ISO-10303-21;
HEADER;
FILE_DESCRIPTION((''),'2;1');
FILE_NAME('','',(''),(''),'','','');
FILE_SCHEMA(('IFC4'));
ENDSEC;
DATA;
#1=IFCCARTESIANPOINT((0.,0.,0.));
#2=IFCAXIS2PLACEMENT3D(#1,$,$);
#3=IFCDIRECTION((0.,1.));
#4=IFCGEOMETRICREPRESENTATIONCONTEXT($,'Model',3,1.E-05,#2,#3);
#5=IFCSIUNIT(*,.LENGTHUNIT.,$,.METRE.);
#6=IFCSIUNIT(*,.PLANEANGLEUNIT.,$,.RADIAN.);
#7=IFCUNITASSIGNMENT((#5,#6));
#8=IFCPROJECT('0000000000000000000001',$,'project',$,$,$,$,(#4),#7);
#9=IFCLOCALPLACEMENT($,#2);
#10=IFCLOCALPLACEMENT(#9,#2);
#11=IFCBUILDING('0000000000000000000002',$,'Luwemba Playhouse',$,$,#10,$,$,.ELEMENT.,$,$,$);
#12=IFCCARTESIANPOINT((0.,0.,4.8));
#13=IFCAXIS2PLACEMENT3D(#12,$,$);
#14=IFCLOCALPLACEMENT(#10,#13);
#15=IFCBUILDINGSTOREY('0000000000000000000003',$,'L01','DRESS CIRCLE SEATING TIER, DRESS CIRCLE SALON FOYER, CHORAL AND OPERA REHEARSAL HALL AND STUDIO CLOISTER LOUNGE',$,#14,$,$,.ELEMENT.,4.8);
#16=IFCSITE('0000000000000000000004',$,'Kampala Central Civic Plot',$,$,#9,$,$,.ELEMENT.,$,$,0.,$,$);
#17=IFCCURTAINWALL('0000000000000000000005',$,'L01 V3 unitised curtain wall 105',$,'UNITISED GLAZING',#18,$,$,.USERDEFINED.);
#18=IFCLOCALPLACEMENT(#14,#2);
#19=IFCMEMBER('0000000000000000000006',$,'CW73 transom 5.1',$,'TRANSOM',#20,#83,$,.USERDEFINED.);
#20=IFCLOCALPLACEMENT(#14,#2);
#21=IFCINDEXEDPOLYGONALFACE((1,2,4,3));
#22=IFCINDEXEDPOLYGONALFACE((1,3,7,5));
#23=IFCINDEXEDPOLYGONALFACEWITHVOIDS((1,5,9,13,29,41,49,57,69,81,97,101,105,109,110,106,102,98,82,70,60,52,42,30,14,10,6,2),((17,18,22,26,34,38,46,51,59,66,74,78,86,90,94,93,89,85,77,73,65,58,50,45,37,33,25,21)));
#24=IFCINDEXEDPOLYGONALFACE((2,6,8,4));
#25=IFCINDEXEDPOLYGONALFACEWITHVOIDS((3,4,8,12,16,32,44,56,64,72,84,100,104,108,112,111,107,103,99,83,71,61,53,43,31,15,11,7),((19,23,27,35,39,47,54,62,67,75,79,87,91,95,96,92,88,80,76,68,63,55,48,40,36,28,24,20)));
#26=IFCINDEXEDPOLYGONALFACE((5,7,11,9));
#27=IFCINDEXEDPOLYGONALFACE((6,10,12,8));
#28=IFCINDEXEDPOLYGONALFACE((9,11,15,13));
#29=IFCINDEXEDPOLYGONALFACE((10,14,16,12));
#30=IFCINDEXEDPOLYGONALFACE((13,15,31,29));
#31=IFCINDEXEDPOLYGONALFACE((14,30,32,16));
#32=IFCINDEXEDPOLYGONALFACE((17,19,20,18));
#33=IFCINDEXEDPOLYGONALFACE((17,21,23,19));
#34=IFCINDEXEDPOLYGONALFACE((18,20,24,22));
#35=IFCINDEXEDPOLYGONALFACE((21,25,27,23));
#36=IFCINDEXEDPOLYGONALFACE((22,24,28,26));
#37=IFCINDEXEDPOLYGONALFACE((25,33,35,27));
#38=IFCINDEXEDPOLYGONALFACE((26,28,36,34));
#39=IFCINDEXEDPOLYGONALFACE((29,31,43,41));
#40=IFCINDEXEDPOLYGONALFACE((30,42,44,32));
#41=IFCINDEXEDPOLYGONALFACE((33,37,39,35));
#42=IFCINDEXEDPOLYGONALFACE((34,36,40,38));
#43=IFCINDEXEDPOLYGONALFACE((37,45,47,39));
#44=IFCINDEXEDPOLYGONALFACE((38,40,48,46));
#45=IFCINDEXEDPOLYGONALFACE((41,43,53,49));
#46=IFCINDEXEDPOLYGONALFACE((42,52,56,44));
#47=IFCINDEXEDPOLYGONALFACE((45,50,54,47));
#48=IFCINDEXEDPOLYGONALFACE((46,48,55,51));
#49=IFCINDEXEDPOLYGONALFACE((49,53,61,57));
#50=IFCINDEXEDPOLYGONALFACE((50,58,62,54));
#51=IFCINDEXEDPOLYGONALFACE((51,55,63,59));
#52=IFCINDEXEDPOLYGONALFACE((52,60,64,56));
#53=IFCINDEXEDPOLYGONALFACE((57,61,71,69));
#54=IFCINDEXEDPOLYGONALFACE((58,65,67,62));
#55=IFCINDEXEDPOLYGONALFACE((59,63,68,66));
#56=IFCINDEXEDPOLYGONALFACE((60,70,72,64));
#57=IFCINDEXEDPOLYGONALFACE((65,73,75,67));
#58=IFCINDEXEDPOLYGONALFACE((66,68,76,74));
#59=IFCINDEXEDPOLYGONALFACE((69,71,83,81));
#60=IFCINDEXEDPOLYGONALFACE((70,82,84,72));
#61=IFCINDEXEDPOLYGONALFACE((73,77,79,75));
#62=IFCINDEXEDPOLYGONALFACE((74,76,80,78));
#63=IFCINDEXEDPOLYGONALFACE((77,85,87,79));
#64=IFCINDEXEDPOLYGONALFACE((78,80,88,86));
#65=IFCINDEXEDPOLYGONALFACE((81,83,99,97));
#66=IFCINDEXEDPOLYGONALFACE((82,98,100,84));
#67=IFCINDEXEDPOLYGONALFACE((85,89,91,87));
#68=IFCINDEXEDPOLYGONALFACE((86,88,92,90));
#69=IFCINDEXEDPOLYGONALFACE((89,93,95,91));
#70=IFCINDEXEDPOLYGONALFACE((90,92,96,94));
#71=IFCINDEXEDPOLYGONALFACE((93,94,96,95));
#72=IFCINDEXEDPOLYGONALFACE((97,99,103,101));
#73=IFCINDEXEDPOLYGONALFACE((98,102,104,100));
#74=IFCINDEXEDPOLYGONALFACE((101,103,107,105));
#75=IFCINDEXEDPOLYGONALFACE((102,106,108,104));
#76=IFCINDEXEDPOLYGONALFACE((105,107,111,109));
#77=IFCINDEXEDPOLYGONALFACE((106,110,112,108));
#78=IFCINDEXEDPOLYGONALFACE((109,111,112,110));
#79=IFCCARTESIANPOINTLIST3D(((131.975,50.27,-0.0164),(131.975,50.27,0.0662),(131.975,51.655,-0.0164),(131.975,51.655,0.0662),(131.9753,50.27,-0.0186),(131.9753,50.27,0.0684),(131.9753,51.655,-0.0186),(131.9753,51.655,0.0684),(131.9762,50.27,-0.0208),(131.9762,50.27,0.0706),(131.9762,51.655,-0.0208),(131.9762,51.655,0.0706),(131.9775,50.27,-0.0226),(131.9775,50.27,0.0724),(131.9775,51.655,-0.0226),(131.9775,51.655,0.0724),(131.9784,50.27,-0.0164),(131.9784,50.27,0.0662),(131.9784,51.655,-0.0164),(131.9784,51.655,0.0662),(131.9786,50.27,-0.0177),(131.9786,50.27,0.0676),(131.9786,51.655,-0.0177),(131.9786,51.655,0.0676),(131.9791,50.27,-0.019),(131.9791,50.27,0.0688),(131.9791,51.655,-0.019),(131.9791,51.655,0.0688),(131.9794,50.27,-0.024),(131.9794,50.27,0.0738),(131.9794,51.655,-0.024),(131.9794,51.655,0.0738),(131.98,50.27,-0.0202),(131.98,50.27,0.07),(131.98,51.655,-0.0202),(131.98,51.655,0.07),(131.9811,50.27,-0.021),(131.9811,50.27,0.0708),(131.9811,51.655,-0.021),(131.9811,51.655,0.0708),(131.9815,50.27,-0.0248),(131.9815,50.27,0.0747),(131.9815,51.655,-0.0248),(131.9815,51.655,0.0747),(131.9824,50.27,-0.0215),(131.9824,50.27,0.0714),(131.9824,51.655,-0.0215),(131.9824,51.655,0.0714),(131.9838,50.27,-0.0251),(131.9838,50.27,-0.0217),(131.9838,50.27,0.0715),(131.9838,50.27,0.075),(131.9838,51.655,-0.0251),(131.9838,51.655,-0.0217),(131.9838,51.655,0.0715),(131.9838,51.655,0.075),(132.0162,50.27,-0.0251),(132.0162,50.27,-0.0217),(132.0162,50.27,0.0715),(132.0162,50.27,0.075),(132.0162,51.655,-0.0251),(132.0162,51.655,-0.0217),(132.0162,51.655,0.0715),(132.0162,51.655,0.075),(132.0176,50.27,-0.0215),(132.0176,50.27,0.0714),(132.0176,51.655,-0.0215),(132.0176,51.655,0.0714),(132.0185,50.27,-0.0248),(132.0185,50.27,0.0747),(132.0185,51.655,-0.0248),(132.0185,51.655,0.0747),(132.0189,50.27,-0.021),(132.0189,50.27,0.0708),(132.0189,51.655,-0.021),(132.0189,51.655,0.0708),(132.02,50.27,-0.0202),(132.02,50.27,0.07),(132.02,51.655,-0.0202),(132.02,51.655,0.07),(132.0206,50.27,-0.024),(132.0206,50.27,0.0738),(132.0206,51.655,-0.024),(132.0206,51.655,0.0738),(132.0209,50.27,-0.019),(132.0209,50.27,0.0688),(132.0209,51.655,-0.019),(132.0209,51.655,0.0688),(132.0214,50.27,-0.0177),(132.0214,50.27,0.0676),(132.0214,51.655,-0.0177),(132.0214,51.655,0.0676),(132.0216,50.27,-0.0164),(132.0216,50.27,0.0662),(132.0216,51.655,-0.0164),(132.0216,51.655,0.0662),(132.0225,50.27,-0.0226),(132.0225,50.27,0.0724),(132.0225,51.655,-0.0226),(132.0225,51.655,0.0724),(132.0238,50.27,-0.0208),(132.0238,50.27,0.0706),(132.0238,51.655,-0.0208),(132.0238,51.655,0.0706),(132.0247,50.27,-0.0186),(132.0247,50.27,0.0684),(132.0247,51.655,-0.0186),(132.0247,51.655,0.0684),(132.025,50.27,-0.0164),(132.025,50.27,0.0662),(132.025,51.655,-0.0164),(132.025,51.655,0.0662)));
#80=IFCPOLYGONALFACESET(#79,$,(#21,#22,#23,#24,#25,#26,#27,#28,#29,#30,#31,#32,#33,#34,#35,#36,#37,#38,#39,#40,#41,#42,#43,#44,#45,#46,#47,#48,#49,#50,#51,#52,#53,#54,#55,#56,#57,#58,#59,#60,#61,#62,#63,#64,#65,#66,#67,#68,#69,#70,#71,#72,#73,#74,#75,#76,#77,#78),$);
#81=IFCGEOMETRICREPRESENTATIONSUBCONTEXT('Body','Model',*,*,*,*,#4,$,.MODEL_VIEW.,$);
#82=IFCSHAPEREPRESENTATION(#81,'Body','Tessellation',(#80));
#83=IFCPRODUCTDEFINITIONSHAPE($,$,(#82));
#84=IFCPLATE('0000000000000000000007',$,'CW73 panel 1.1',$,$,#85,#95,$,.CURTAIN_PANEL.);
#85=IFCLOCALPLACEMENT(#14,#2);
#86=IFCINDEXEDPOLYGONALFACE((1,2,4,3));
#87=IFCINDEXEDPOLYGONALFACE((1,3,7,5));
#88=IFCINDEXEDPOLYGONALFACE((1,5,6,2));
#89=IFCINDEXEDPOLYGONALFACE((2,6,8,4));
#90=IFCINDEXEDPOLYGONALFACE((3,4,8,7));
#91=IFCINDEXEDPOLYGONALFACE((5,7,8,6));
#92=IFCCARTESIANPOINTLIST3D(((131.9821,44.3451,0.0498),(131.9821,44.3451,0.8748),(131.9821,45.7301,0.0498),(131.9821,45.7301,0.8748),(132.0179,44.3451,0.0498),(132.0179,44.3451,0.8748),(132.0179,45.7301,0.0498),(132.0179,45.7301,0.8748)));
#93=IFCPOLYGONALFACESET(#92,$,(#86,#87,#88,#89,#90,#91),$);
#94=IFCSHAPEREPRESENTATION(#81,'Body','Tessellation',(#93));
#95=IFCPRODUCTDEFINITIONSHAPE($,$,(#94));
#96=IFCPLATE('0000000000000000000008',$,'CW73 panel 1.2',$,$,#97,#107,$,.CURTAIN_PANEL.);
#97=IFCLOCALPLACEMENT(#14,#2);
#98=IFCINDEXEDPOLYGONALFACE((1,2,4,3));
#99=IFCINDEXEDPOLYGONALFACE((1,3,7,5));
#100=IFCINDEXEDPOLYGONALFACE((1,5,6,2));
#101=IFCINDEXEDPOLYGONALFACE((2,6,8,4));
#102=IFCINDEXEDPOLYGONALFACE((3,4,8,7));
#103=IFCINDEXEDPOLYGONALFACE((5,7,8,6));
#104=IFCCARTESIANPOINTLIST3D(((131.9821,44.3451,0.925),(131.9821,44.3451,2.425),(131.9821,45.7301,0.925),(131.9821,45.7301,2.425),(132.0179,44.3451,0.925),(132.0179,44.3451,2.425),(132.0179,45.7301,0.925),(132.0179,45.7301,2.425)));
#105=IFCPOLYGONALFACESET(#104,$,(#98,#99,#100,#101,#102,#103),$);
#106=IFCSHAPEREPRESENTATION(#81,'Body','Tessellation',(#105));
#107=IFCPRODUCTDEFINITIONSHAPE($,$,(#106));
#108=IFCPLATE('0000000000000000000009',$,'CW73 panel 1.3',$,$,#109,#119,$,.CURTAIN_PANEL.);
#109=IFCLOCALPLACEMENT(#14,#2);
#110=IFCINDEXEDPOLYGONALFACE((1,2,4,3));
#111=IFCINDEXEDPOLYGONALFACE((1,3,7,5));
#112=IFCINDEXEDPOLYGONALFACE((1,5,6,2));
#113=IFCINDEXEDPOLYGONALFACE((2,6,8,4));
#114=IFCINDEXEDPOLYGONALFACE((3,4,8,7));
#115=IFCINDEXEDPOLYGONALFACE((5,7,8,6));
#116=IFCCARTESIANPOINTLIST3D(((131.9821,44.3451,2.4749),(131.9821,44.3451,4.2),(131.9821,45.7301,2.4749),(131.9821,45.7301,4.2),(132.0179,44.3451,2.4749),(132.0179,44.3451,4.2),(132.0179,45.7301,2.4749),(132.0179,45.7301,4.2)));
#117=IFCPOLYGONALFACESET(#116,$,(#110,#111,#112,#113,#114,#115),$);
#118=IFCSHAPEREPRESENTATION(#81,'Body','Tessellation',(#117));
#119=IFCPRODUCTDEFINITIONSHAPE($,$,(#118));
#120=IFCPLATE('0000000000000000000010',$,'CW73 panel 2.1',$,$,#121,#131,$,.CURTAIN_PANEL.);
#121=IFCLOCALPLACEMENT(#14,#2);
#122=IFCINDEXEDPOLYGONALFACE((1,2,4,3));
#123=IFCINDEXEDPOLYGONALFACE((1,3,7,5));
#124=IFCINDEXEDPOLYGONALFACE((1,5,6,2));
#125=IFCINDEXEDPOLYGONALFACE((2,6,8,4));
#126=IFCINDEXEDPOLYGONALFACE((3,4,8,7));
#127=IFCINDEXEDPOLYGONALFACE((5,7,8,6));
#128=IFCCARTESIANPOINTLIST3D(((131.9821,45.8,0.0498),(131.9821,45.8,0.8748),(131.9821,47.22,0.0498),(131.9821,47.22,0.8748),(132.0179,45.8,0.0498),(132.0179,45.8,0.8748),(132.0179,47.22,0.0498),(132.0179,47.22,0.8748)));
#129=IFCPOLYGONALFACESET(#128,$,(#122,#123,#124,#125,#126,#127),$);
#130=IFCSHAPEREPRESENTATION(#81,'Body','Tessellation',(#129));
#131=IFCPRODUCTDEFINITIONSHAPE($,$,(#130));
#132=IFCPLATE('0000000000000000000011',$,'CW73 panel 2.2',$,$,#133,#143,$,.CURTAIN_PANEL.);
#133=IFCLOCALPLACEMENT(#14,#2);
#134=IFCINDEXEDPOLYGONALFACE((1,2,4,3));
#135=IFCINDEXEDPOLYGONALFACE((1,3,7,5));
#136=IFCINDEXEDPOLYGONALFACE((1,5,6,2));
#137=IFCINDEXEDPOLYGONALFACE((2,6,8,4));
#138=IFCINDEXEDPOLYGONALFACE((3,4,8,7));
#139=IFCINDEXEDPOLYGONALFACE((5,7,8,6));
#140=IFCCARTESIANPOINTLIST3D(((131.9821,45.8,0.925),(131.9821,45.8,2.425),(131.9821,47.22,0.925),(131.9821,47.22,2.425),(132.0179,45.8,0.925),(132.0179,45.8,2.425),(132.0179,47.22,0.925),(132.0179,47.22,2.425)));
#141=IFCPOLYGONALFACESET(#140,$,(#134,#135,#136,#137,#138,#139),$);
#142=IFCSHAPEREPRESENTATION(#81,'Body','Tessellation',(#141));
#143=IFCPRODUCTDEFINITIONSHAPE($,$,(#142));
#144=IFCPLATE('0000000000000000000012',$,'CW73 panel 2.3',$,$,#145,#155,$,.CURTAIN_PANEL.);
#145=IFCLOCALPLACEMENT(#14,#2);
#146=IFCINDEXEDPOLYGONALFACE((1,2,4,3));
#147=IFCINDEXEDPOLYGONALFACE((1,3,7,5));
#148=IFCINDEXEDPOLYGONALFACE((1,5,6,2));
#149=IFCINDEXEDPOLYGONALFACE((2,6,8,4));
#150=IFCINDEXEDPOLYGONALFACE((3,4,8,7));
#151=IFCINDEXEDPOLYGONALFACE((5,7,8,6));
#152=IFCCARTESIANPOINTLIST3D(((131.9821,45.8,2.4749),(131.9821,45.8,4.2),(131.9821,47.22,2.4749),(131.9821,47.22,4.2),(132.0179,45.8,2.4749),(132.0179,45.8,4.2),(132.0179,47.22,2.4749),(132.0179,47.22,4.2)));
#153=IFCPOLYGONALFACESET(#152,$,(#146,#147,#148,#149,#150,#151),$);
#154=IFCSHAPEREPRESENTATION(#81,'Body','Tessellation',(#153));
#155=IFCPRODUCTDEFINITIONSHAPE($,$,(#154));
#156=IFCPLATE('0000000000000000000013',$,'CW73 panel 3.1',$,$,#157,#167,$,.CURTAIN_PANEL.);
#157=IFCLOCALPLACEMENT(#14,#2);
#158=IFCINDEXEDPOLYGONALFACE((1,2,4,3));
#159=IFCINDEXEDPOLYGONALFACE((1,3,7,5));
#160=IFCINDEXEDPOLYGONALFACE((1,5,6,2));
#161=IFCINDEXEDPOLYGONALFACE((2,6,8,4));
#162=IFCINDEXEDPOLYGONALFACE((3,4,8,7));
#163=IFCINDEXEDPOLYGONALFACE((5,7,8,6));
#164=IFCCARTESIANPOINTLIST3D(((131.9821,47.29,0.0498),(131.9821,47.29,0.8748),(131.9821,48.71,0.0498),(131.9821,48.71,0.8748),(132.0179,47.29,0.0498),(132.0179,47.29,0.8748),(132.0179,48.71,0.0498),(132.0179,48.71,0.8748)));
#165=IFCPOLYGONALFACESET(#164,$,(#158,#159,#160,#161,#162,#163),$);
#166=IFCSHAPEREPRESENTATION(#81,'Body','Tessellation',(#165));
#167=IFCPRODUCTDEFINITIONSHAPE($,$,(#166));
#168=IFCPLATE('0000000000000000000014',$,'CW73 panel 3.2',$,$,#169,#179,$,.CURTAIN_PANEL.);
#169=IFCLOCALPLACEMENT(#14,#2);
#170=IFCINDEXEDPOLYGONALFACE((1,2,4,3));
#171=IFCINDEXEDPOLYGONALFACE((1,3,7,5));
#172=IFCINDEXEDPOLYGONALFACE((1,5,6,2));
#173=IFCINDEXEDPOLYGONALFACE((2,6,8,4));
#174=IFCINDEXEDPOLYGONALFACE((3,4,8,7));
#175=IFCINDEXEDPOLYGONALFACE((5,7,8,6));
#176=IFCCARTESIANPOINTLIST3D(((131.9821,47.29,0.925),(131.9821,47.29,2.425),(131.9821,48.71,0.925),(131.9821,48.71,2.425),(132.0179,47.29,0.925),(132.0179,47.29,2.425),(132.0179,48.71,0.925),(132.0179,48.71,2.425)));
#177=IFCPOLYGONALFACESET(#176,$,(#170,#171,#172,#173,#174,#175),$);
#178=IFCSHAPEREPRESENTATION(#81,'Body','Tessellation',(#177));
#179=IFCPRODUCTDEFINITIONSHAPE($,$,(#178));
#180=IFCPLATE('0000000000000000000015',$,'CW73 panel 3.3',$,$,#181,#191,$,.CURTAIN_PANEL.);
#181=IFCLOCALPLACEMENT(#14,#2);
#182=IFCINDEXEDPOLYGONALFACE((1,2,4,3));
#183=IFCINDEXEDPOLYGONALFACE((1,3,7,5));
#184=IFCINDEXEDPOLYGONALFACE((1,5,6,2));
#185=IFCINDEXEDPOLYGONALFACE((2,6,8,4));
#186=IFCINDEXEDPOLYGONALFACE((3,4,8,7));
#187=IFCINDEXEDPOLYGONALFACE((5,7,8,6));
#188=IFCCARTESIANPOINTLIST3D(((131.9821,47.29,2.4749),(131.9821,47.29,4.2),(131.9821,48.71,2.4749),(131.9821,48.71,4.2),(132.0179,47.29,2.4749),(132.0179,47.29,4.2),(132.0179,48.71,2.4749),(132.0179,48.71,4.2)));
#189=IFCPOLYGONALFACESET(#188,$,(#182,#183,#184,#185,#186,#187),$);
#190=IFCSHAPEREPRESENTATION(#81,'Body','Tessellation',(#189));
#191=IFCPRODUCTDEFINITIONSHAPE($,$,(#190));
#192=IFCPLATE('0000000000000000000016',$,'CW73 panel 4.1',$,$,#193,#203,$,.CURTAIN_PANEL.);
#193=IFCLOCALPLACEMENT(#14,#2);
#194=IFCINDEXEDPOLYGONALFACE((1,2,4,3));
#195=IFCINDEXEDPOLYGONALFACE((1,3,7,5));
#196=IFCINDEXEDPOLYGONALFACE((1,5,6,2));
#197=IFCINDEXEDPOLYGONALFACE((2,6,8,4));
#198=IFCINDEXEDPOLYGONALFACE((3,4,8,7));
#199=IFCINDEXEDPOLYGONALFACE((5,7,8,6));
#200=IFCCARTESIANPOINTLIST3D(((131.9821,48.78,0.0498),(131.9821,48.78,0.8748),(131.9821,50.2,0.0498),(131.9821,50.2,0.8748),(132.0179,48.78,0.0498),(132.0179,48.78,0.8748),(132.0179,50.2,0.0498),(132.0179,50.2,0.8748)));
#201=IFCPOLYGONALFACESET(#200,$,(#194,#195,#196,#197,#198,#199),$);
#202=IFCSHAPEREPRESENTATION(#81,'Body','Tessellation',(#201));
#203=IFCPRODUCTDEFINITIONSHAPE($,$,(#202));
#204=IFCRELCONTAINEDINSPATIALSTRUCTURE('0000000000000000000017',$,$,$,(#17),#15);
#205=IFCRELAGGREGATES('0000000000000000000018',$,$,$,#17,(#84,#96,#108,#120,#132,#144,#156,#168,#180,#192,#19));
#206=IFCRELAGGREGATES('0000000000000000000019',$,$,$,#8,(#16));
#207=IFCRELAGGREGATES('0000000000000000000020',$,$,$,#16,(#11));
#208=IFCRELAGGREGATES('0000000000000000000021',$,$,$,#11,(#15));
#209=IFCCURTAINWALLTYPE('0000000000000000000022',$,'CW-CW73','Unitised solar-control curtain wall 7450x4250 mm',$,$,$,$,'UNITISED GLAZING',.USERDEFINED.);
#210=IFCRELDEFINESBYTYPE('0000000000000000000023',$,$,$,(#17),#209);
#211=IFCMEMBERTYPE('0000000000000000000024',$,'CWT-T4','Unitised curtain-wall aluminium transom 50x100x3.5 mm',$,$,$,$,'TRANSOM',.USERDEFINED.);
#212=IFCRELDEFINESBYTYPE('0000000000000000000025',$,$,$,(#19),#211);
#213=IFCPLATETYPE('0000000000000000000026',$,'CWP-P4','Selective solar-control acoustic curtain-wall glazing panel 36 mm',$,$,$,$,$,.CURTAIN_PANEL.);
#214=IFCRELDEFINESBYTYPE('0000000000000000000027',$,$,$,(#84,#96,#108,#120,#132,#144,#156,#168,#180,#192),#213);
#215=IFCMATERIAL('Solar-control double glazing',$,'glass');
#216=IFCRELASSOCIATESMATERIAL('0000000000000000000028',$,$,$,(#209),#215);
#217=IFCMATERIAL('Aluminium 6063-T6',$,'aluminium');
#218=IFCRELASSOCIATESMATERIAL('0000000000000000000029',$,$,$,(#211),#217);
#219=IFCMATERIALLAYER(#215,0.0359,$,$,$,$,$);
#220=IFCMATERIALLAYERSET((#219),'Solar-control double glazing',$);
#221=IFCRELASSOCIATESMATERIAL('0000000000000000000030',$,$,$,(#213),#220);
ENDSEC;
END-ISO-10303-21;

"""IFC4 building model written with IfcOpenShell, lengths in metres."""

from ifc_helpers import new_model, si_unit, direction, frame, origin, origin_2d, place, context, subcontext, project, spatial, rectangle, hollow_rectangle, extrude, material, layer, layer_set, material_profile, profile_set, type_object, element, aggregate, save


model = new_model("IFC4")

# Units and contexts
model_context = context("Model", 3, precision=1e-05, world=origin(), true_north=direction((0.0, 1.0)))
body_context = subcontext(model_context, "Body", "Model", "MODEL_VIEW")
ifc_project = project(units=[si_unit("LENGTHUNIT", "METRE"), si_unit("PLANEANGLEUNIT", "RADIAN")], contexts=[model_context])

# Site, building, storey
site_placement = place(None, origin())
site = spatial("IfcSite", under=ifc_project, at=site_placement, Name="Kampala Central Civic Plot", CompositionType="ELEMENT", RefElevation=0.0)
building_placement = place(site_placement, origin())
building = spatial("IfcBuilding", under=site, at=building_placement, Name="Luwemba Playhouse", CompositionType="ELEMENT")
storey_placement = place(building_placement, frame((0.0, 0.0, 4.8)))
storey = spatial("IfcBuildingStorey", under=building, at=storey_placement, Name="L01", Description="DRESS CIRCLE SEATING TIER, DRESS CIRCLE SALON FOYER, CHORAL AND OPERA REHEARSAL HALL AND STUDIO CLOISTER LOUNGE", CompositionType="ELEMENT", Elevation=4.8)

# Curtain wall, member, plates
ifc_material_1 = material(Name="Solar-control double glazing", Category="glass")
curtain_wall_type = type_object("IfcCurtainWallType", Name="CW-CW73", Description="Unitised solar-control curtain wall 7450x4250 mm", ElementType="UNITISED GLAZING", PredefinedType="USERDEFINED", material=ifc_material_1)
curtain_wall_placement = place(storey_placement, origin())
curtain_wall = element("IfcCurtainWall", 1, at=curtain_wall_placement, inside=storey, type_object=curtain_wall_type, Name="L01 V3 unitised curtain wall 105", ObjectType="UNITISED GLAZING", PredefinedType="USERDEFINED")
ifc_material_2 = material(Name="Aluminium 6063-T6", Category="aluminium")
ifc_material_profile_1 = material_profile(ifc_material_2, hollow_rectangle(XDim=0.05, YDim=0.1001, WallThickness=0.0034, InnerFilletRadius=0.0054, OuterFilletRadius=0.0088, at=origin_2d()))
ifc_profile_set_1 = profile_set([ifc_material_profile_1], Name="Aluminium 6063-T6")
member_type_1 = type_object("IfcMemberType", Name="CWT-T4", Description="Unitised curtain-wall aluminium transom 50x100x3.5 mm", ElementType="TRANSOM", PredefinedType="USERDEFINED", material=ifc_profile_set_1)
member_1_placement = place(storey_placement, frame((132.0, 50.27, 0.0249), z_axis=(0.0, 1.0, 0.0), x_axis=(-1.0, 0.0, 0.0)))
member_1 = element("IfcMember", 2, at=member_1_placement, type_object=member_type_1, Name="CW73 transom 5.1", ObjectType="TRANSOM", PredefinedType="USERDEFINED", context=body_context, shape_type="SweptSolid", body=[
    extrude(hollow_rectangle(XDim=0.05, YDim=0.1001, WallThickness=0.0034, InnerFilletRadius=0.0054, OuterFilletRadius=0.0088, at=origin_2d()), origin(), (0.0, 0.0, 1.0), 1.385),
])
ifc_layer = layer(ifc_material_1, 0.0359)
ifc_layer_set = layer_set([ifc_layer], Name="Solar-control double glazing")
plate_type = type_object("IfcPlateType", Name="CWP-P4", Description="Selective solar-control acoustic curtain-wall glazing panel 36 mm", PredefinedType="CURTAIN_PANEL", material=ifc_layer_set)
plate_1_placement = place(storey_placement, frame((132.0, 45.0376, 0.0498), z_axis=(0.0, 0.0, 1.0), x_axis=(0.0, 1.0, 0.0)))
plate_1 = element("IfcPlate", 3, at=plate_1_placement, type_object=plate_type, Name="CW73 panel 1.1", PredefinedType="CURTAIN_PANEL", context=body_context, shape_type="SweptSolid", body=[
    extrude(rectangle(XDim=1.385, YDim=0.0359, at=origin_2d()), origin(), (0.0, 0.0, 1.0), 0.825),
])
plate_2_placement = place(storey_placement, frame((132.0, 45.0376, 0.925), z_axis=(0.0, 0.0, 1.0), x_axis=(0.0, 1.0, 0.0)))
plate_2 = element("IfcPlate", 4, at=plate_2_placement, type_object=plate_type, Name="CW73 panel 1.2", PredefinedType="CURTAIN_PANEL", context=body_context, shape_type="SweptSolid", body=[
    extrude(rectangle(XDim=1.385, YDim=0.0359, at=origin_2d()), origin(), (0.0, 0.0, 1.0), 1.5),
])
plate_3_placement = place(storey_placement, frame((132.0, 45.0376, 2.4749), z_axis=(0.0, 0.0, 1.0), x_axis=(0.0, 1.0, 0.0)))
plate_3 = element("IfcPlate", 5, at=plate_3_placement, type_object=plate_type, Name="CW73 panel 1.3", PredefinedType="CURTAIN_PANEL", context=body_context, shape_type="SweptSolid", body=[
    extrude(rectangle(XDim=1.385, YDim=0.0359, at=origin_2d()), origin(), (0.0, 0.0, 1.0), 1.7251),
])
plate_4_placement = place(storey_placement, frame((132.0, 46.51, 0.0498), z_axis=(0.0, 0.0, 1.0), x_axis=(0.0, 1.0, 0.0)))
plate_4 = element("IfcPlate", 6, at=plate_4_placement, type_object=plate_type, Name="CW73 panel 2.1", PredefinedType="CURTAIN_PANEL", context=body_context, shape_type="SweptSolid", body=[
    extrude(rectangle(XDim=1.4199, YDim=0.0359, at=origin_2d()), origin(), (0.0, 0.0, 1.0), 0.825),
])
plate_5_placement = place(storey_placement, frame((132.0, 46.51, 0.925), z_axis=(0.0, 0.0, 1.0), x_axis=(0.0, 1.0, 0.0)))
plate_5 = element("IfcPlate", 7, at=plate_5_placement, type_object=plate_type, Name="CW73 panel 2.2", PredefinedType="CURTAIN_PANEL", context=body_context, shape_type="SweptSolid", body=[
    extrude(rectangle(XDim=1.4199, YDim=0.0359, at=origin_2d()), origin(), (0.0, 0.0, 1.0), 1.5),
])
plate_6_placement = place(storey_placement, frame((132.0, 46.51, 2.4749), z_axis=(0.0, 0.0, 1.0), x_axis=(0.0, 1.0, 0.0)))
plate_6 = element("IfcPlate", 8, at=plate_6_placement, type_object=plate_type, Name="CW73 panel 2.3", PredefinedType="CURTAIN_PANEL", context=body_context, shape_type="SweptSolid", body=[
    extrude(rectangle(XDim=1.4199, YDim=0.0359, at=origin_2d()), origin(), (0.0, 0.0, 1.0), 1.7251),
])
plate_7_placement = place(storey_placement, frame((132.0, 48.0, 0.0498), z_axis=(0.0, 0.0, 1.0), x_axis=(0.0, 1.0, 0.0)))
plate_7 = element("IfcPlate", 9, at=plate_7_placement, type_object=plate_type, Name="CW73 panel 3.1", PredefinedType="CURTAIN_PANEL", context=body_context, shape_type="SweptSolid", body=[
    extrude(rectangle(XDim=1.4199, YDim=0.0359, at=origin_2d()), origin(), (0.0, 0.0, 1.0), 0.825),
])
plate_8_placement = place(storey_placement, frame((132.0, 48.0, 0.925), z_axis=(0.0, 0.0, 1.0), x_axis=(0.0, 1.0, 0.0)))
plate_8 = element("IfcPlate", 10, at=plate_8_placement, type_object=plate_type, Name="CW73 panel 3.2", PredefinedType="CURTAIN_PANEL", context=body_context, shape_type="SweptSolid", body=[
    extrude(rectangle(XDim=1.4199, YDim=0.0359, at=origin_2d()), origin(), (0.0, 0.0, 1.0), 1.5),
])
plate_9_placement = place(storey_placement, frame((132.0, 48.0, 2.4749), z_axis=(0.0, 0.0, 1.0), x_axis=(0.0, 1.0, 0.0)))
plate_9 = element("IfcPlate", 11, at=plate_9_placement, type_object=plate_type, Name="CW73 panel 3.3", PredefinedType="CURTAIN_PANEL", context=body_context, shape_type="SweptSolid", body=[
    extrude(rectangle(XDim=1.4199, YDim=0.0359, at=origin_2d()), origin(), (0.0, 0.0, 1.0), 1.7251),
])
plate_10_placement = place(storey_placement, frame((132.0, 49.49, 0.0498), z_axis=(0.0, 0.0, 1.0), x_axis=(0.0, 1.0, 0.0)))
plate_10 = element("IfcPlate", 12, at=plate_10_placement, type_object=plate_type, Name="CW73 panel 4.1", PredefinedType="CURTAIN_PANEL", context=body_context, shape_type="SweptSolid", body=[
    extrude(rectangle(XDim=1.4199, YDim=0.0359, at=origin_2d()), origin(), (0.0, 0.0, 1.0), 0.825),
])
aggregate(curtain_wall, [plate_1, plate_2, plate_3, plate_4, plate_5, plate_6, plate_7, plate_8, plate_9, plate_10, member_1])

save(model, "model.ifc")
